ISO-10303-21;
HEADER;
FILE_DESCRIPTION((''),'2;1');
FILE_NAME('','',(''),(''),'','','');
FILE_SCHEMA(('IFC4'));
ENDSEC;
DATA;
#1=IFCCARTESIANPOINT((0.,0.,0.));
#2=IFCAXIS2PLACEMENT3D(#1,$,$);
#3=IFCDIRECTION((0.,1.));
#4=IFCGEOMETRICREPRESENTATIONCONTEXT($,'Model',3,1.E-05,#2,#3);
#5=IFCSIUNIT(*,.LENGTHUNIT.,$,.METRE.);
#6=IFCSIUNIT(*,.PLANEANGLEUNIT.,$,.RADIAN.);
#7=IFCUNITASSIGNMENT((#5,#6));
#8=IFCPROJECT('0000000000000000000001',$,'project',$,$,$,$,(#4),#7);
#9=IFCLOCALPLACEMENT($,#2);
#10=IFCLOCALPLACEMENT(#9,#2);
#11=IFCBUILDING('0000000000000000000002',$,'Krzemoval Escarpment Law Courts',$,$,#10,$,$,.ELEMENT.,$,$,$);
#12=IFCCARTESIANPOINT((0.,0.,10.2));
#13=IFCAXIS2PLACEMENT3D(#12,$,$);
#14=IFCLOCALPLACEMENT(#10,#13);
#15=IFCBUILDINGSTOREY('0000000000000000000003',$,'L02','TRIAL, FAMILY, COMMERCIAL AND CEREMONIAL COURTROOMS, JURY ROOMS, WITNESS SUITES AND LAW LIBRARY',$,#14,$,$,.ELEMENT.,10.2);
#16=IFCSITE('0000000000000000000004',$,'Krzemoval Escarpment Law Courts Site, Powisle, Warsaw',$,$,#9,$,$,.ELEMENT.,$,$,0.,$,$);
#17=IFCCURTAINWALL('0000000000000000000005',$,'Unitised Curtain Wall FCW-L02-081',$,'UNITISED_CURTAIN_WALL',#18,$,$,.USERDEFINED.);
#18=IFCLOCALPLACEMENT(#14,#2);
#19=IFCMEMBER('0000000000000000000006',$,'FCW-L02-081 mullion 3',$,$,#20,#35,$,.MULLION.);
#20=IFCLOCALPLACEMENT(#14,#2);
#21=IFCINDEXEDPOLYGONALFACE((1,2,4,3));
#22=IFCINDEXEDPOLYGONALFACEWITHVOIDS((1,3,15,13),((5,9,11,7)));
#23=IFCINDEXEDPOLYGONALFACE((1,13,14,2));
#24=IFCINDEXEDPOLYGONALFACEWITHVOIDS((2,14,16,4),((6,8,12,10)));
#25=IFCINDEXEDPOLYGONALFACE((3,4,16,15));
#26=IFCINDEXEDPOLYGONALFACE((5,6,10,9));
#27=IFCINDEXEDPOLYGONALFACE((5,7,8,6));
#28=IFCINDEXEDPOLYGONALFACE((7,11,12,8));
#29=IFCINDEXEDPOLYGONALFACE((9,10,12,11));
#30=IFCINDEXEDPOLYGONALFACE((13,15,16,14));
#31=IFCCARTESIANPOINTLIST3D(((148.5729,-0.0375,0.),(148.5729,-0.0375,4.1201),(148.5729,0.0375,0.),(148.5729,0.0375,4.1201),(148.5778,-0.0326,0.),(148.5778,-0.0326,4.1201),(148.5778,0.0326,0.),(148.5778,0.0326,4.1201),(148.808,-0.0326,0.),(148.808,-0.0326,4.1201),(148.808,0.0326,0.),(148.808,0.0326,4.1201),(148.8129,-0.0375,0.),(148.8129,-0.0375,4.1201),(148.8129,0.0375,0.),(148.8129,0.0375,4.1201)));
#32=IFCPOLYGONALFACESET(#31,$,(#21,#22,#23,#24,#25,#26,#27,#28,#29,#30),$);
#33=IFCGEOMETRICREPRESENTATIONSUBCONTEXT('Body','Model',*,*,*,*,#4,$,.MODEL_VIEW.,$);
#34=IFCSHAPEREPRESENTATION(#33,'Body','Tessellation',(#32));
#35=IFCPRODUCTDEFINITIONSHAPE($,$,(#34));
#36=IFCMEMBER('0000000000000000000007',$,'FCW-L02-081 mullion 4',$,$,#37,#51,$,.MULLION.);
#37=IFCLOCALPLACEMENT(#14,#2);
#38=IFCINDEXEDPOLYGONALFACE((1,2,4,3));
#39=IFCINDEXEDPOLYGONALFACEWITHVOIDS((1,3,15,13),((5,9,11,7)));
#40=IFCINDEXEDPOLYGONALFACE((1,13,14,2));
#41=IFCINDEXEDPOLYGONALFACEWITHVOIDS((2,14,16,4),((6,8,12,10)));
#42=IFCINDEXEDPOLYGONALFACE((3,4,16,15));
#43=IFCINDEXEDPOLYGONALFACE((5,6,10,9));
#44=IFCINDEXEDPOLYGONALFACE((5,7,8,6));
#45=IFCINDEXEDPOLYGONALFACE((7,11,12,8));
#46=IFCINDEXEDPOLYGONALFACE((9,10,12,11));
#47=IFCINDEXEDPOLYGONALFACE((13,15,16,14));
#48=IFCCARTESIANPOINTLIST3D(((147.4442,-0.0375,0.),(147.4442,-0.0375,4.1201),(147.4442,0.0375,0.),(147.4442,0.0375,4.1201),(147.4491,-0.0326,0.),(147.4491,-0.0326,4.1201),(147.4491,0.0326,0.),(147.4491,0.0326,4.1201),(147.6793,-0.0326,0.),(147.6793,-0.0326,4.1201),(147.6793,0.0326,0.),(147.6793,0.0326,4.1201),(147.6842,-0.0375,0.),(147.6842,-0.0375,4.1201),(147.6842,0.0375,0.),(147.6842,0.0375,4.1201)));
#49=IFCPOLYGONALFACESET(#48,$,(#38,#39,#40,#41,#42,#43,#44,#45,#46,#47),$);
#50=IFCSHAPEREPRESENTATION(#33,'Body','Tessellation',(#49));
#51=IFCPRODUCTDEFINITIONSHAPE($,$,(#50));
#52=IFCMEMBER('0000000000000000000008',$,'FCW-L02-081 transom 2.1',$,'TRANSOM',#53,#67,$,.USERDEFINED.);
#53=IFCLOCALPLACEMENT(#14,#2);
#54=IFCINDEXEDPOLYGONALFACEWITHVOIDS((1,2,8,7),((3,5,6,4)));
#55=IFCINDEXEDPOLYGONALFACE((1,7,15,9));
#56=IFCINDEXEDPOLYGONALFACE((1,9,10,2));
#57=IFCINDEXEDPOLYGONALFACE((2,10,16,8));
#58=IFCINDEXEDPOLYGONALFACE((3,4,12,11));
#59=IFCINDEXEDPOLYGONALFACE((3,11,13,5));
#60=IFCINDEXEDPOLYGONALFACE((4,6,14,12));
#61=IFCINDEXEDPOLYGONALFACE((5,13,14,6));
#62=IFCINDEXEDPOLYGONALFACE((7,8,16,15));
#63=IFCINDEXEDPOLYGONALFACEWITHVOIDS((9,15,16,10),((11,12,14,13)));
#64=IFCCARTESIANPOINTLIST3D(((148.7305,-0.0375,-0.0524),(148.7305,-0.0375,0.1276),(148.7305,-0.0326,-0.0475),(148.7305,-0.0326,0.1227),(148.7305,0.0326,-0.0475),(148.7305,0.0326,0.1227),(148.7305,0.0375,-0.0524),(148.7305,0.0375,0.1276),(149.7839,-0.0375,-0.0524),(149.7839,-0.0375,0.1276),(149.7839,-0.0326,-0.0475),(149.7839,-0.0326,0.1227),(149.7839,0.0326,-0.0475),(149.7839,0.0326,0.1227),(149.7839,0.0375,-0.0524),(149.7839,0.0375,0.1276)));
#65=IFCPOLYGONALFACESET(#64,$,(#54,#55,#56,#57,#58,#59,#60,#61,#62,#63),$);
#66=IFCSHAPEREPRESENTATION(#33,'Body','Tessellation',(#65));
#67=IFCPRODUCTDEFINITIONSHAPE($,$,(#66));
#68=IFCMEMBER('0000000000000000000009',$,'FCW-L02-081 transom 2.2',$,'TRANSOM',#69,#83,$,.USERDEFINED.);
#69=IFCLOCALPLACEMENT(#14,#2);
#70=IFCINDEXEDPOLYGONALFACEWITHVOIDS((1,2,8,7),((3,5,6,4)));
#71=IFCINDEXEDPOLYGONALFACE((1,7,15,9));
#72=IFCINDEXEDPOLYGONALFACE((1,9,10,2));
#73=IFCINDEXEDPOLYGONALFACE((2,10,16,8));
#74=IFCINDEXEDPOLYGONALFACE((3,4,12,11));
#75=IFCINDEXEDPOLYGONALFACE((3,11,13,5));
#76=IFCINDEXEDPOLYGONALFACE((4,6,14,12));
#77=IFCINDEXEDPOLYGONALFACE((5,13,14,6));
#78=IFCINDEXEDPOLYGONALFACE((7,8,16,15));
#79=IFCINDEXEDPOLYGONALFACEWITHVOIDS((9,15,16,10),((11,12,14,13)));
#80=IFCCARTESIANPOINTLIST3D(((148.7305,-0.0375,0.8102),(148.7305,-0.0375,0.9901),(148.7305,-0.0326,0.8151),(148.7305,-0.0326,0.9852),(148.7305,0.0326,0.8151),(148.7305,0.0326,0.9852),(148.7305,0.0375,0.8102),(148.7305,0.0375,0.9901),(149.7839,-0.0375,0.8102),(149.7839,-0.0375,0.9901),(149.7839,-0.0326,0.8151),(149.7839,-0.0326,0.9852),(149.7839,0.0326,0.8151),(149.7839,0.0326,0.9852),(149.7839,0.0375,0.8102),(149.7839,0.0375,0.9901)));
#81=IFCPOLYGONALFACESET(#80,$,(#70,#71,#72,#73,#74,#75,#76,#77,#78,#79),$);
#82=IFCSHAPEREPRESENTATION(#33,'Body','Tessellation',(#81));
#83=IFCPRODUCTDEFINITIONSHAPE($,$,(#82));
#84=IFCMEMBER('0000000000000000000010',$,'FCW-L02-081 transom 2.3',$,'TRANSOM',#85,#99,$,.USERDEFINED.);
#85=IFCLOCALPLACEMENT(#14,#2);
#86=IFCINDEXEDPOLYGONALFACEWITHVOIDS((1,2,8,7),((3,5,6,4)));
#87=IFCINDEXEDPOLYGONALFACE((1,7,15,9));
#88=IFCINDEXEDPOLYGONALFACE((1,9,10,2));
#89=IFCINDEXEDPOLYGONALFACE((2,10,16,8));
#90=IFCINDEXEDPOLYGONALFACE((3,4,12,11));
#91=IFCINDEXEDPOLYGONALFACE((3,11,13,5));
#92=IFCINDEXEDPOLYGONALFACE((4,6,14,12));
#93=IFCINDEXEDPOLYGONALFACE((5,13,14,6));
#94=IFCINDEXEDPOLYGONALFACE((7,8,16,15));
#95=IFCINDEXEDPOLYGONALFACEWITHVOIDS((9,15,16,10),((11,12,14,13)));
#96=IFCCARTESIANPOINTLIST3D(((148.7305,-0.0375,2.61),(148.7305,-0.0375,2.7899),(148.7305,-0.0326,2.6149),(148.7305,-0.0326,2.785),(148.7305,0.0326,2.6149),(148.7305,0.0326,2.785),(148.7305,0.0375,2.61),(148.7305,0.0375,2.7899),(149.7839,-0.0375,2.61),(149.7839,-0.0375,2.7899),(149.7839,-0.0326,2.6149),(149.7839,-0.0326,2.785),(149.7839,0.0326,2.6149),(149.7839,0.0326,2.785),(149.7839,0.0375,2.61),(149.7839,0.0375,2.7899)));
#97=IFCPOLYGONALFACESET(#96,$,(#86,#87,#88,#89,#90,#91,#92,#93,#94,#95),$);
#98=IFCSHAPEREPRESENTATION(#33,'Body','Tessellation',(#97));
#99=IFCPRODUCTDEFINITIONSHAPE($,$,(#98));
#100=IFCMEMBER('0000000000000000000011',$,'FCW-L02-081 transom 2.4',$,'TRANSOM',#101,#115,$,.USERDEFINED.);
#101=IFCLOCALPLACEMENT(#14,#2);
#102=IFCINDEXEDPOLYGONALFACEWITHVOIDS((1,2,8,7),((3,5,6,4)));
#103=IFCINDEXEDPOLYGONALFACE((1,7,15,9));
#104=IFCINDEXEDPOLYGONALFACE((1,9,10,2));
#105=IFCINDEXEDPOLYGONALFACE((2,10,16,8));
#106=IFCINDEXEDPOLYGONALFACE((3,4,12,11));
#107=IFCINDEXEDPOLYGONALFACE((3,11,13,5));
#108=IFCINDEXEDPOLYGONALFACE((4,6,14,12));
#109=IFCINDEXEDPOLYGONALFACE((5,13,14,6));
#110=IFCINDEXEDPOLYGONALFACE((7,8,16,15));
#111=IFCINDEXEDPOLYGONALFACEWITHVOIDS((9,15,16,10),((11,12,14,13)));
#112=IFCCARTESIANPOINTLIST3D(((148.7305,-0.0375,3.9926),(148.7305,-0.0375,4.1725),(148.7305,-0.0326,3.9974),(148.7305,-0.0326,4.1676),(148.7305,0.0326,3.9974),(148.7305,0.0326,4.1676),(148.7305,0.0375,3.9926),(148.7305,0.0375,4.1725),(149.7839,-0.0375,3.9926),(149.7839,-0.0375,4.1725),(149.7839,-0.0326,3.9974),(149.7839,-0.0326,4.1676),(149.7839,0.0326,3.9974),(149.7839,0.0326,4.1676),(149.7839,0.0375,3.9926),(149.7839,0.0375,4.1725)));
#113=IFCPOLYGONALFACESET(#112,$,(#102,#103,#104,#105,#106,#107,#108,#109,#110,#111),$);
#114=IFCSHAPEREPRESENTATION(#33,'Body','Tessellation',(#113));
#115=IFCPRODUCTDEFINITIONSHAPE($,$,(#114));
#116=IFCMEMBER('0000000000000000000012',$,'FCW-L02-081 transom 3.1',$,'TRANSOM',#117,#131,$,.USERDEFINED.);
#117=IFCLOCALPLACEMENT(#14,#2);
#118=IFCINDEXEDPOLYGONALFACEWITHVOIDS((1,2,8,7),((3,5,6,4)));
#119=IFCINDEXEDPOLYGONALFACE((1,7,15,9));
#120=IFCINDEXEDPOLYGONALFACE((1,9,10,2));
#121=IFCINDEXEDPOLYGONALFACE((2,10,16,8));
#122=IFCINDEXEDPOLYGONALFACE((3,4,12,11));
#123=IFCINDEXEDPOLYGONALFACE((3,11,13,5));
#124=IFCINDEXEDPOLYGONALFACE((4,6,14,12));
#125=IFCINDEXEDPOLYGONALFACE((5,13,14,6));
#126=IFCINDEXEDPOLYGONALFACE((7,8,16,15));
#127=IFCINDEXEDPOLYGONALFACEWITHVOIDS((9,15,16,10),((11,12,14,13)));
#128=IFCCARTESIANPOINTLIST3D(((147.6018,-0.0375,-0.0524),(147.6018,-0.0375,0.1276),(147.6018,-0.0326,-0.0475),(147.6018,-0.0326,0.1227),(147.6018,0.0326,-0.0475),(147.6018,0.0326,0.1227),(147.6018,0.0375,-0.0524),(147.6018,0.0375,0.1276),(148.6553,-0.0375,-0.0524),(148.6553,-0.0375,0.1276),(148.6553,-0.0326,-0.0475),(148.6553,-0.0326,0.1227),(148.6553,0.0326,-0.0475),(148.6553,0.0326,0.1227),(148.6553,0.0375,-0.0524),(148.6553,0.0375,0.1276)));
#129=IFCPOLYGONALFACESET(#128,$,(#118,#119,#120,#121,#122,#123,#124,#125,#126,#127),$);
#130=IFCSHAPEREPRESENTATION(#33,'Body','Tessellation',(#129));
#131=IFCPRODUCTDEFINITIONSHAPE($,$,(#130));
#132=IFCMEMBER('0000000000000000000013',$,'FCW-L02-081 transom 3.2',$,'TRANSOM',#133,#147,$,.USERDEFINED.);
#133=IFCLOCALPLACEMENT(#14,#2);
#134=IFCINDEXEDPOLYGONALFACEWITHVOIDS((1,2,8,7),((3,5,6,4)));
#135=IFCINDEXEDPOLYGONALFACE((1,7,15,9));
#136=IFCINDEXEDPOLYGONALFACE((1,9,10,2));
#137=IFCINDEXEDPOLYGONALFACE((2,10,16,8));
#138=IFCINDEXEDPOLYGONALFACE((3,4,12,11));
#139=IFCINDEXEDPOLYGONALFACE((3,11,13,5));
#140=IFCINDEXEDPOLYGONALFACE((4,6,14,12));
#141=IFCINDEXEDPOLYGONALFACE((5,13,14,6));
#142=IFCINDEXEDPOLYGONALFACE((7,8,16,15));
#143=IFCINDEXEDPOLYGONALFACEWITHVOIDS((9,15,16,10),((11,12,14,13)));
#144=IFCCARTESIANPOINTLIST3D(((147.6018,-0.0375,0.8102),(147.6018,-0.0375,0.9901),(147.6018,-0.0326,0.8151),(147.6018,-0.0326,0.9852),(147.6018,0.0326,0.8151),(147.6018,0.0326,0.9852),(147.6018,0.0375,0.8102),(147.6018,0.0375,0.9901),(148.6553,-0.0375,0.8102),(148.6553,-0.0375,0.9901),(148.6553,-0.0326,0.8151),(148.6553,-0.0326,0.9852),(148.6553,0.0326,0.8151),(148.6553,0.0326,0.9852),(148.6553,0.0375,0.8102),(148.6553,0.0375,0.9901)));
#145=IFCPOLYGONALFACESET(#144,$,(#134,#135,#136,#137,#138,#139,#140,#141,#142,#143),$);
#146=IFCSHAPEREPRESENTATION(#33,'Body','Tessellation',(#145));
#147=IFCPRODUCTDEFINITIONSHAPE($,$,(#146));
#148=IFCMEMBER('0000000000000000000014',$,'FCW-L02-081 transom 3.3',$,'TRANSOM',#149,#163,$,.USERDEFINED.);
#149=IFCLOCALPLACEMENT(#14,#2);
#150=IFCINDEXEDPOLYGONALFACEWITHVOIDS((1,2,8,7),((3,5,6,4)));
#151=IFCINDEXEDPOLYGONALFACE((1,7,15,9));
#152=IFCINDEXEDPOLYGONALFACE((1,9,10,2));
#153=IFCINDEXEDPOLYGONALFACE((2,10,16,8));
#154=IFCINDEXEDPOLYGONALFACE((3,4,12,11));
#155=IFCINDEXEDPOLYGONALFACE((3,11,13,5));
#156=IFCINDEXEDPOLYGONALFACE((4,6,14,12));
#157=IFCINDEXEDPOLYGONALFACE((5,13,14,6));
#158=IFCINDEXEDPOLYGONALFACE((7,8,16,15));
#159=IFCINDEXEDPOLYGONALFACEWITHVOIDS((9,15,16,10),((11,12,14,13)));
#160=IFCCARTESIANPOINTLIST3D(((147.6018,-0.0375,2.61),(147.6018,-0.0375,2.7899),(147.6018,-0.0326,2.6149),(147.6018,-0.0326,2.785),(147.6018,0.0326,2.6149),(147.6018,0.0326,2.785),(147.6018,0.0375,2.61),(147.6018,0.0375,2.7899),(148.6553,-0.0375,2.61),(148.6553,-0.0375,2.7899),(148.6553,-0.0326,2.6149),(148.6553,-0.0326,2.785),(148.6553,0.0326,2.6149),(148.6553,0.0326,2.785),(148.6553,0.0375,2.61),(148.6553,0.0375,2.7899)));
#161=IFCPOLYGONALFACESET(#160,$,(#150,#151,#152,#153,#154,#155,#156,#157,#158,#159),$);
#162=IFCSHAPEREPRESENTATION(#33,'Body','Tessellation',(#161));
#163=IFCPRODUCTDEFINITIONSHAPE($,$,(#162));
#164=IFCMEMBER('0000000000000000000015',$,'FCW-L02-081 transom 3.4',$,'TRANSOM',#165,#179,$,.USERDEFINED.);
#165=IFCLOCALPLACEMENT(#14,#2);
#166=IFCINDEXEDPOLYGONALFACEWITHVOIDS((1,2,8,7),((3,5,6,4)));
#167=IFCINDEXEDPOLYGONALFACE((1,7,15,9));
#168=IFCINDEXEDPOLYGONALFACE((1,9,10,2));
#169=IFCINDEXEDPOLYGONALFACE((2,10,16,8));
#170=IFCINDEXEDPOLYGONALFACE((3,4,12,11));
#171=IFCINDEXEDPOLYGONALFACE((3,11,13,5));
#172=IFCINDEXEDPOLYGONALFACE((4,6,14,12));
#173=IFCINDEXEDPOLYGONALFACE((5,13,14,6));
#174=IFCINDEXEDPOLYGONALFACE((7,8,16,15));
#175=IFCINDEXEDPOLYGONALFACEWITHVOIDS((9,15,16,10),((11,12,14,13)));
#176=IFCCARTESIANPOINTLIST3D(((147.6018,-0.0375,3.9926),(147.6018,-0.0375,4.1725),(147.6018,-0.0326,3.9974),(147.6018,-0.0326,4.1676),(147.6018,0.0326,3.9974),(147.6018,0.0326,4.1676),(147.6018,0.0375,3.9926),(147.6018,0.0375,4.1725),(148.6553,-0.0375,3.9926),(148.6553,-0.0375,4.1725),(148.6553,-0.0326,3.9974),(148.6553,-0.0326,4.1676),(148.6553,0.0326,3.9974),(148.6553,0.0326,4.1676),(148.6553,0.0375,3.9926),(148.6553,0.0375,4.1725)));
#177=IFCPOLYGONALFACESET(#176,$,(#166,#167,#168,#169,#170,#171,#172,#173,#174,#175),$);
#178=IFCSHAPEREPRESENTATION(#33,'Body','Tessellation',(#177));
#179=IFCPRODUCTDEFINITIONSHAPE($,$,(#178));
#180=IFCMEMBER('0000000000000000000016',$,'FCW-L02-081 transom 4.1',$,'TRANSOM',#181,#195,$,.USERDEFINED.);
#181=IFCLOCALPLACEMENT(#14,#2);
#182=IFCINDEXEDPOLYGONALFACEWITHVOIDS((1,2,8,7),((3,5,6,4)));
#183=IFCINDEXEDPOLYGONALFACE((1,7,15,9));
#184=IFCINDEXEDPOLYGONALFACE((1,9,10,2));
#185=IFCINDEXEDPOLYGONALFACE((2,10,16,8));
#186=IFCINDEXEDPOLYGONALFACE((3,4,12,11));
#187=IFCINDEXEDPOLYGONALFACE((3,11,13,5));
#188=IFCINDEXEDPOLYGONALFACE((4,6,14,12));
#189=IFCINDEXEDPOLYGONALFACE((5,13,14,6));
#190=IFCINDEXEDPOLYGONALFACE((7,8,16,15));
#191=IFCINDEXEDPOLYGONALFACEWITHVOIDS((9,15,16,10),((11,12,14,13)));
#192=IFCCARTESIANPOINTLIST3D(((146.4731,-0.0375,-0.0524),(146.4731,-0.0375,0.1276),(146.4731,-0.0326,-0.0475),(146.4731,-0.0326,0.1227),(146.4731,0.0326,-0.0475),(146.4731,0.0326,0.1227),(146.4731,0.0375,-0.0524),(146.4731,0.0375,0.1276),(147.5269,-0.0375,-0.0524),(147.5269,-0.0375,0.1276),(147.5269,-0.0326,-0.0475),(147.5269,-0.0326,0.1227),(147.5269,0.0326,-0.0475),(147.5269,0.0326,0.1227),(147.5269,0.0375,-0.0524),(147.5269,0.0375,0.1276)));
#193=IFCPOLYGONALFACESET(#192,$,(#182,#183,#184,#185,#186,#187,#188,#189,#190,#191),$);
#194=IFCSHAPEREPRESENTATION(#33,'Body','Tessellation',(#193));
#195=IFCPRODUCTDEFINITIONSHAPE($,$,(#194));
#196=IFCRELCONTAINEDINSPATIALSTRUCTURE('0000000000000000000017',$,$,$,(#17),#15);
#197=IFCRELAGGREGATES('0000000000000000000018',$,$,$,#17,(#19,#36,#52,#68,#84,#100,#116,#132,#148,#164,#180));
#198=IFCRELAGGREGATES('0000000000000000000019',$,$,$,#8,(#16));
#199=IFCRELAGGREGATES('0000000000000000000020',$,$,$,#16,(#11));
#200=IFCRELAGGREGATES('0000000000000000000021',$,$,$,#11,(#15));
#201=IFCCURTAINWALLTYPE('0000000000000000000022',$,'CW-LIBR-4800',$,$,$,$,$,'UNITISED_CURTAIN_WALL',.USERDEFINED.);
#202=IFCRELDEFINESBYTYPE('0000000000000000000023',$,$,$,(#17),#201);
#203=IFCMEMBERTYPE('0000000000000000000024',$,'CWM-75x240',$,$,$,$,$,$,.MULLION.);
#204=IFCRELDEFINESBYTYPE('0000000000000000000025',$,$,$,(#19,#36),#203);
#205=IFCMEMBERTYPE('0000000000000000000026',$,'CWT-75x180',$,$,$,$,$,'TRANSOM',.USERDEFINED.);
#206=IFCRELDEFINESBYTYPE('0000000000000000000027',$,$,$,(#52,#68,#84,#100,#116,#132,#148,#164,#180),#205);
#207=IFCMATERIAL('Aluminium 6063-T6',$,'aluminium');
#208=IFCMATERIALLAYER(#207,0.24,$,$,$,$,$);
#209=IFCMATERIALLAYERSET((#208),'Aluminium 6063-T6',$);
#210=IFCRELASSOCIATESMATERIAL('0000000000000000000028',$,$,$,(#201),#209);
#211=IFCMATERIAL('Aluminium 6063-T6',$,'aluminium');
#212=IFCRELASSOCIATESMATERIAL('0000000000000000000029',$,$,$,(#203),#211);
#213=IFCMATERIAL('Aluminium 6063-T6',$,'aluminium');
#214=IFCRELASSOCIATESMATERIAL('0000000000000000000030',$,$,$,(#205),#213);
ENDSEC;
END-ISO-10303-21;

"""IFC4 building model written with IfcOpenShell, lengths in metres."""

from ifc_helpers import new_model, si_unit, direction, frame, origin, origin_2d, place, context, subcontext, project, spatial, hollow_rectangle, extrude, material, layer, layer_set, material_profile, profile_set, type_object, element, aggregate, save


model = new_model("IFC4")

# Units and contexts
model_context = context("Model", 3, precision=1e-05, world=origin(), true_north=direction((0.0, 1.0)))
body_context = subcontext(model_context, "Body", "Model", "MODEL_VIEW")
ifc_project = project(units=[si_unit("LENGTHUNIT", "METRE"), si_unit("PLANEANGLEUNIT", "RADIAN")], contexts=[model_context])

# Site, building, storey
site_placement = place(None, origin())
site = spatial("IfcSite", under=ifc_project, at=site_placement, Name="Krzemoval Escarpment Law Courts Site, Powisle, Warsaw", CompositionType="ELEMENT", RefElevation=0.0)
building_placement = place(site_placement, origin())
building = spatial("IfcBuilding", under=site, at=building_placement, Name="Krzemoval Escarpment Law Courts", CompositionType="ELEMENT")
storey_placement = place(building_placement, frame((0.0, 0.0, 10.2)))
storey = spatial("IfcBuildingStorey", under=building, at=storey_placement, Name="L02", Description="TRIAL, FAMILY, COMMERCIAL AND CEREMONIAL COURTROOMS, JURY ROOMS, WITNESS SUITES AND LAW LIBRARY", CompositionType="ELEMENT", Elevation=10.2)

# Curtain wall, members
ifc_material_1 = material(Name="Aluminium 6063-T6", Category="aluminium")
ifc_layer_1 = layer(ifc_material_1, 0.24)
ifc_layer_set_1 = layer_set([ifc_layer_1], Name="Aluminium 6063-T6")
curtain_wall_type = type_object("IfcCurtainWallType", Name="CW-LIBR-4800", ElementType="UNITISED_CURTAIN_WALL", PredefinedType="USERDEFINED", material=ifc_layer_set_1)
curtain_wall_placement = place(storey_placement, origin())
curtain_wall = element("IfcCurtainWall", 1, at=curtain_wall_placement, inside=storey, type_object=curtain_wall_type, Name="Unitised Curtain Wall FCW-L02-081", ObjectType="UNITISED_CURTAIN_WALL", PredefinedType="USERDEFINED")
ifc_material_2 = material(Name="Aluminium 6063-T6", Category="aluminium")
ifc_material_profile_1 = material_profile(ifc_material_2, hollow_rectangle(XDim=0.075, YDim=0.24, WallThickness=0.0049, at=origin_2d()), Name="ALU M75x240")
ifc_profile_set_1 = profile_set([ifc_material_profile_1], Name="Aluminium 6063-T6")
member_type_1 = type_object("IfcMemberType", Name="CWM-75x240", PredefinedType="MULLION", material=ifc_profile_set_1)
member_1_placement = place(storey_placement, frame((148.6929, 0.0, 0.0), z_axis=(0.0, 0.0, 1.0), x_axis=(0.0, -1.0, 0.0)))
member_1 = element("IfcMember", 2, at=member_1_placement, type_object=member_type_1, Name="FCW-L02-081 mullion 3", PredefinedType="MULLION", context=body_context, shape_type="SweptSolid", body=[
    extrude(hollow_rectangle(XDim=0.075, YDim=0.24, WallThickness=0.0049, at=origin_2d()), origin(), (0.0, 0.0, 1.0), 4.1201),
])
member_2_placement = place(storey_placement, frame((147.5642, 0.0, 0.0), z_axis=(0.0, 0.0, 1.0), x_axis=(0.0, -1.0, 0.0)))
member_2 = element("IfcMember", 3, at=member_2_placement, type_object=member_type_1, Name="FCW-L02-081 mullion 4", PredefinedType="MULLION", context=body_context, shape_type="SweptSolid", body=[
    extrude(hollow_rectangle(XDim=0.075, YDim=0.24, WallThickness=0.0049, at=origin_2d()), origin(), (0.0, 0.0, 1.0), 4.1201),
])
ifc_material_3 = material(Name="Aluminium 6063-T6", Category="aluminium")
ifc_material_profile_2 = material_profile(ifc_material_3, hollow_rectangle(XDim=0.075, YDim=0.1799, WallThickness=0.0049, at=origin_2d()), Name="ALU T75x180")
ifc_profile_set_2 = profile_set([ifc_material_profile_2], Name="Aluminium 6063-T6")
member_type_2 = type_object("IfcMemberType", Name="CWT-75x180", ElementType="TRANSOM", PredefinedType="USERDEFINED", material=ifc_profile_set_2)
member_3_placement = place(storey_placement, frame((149.7839, 0.0, 0.0376), z_axis=(-1.0, 0.0, 0.0), x_axis=(0.0, -1.0, 0.0)))
member_3 = element("IfcMember", 4, at=member_3_placement, type_object=member_type_2, Name="FCW-L02-081 transom 2.1", ObjectType="TRANSOM", PredefinedType="USERDEFINED", context=body_context, shape_type="SweptSolid", body=[
    extrude(hollow_rectangle(XDim=0.075, YDim=0.1799, WallThickness=0.0049, at=origin_2d()), origin(), (0.0, 0.0, 1.0), 1.0535),
])
member_4_placement = place(storey_placement, frame((149.7839, 0.0, 0.9001), z_axis=(-1.0, 0.0, 0.0), x_axis=(0.0, -1.0, 0.0)))
member_4 = element("IfcMember", 5, at=member_4_placement, type_object=member_type_2, Name="FCW-L02-081 transom 2.2", ObjectType="TRANSOM", PredefinedType="USERDEFINED", context=body_context, shape_type="SweptSolid", body=[
    extrude(hollow_rectangle(XDim=0.075, YDim=0.1799, WallThickness=0.0049, at=origin_2d()), origin(), (0.0, 0.0, 1.0), 1.0535),
])
member_5_placement = place(storey_placement, frame((149.7839, 0.0, 2.7), z_axis=(-1.0, 0.0, 0.0), x_axis=(0.0, -1.0, 0.0)))
member_5 = element("IfcMember", 6, at=member_5_placement, type_object=member_type_2, Name="FCW-L02-081 transom 2.3", ObjectType="TRANSOM", PredefinedType="USERDEFINED", context=body_context, shape_type="SweptSolid", body=[
    extrude(hollow_rectangle(XDim=0.075, YDim=0.1799, WallThickness=0.0049, at=origin_2d()), origin(), (0.0, 0.0, 1.0), 1.0535),
])
member_6_placement = place(storey_placement, frame((149.7839, 0.0, 4.0825), z_axis=(-1.0, 0.0, 0.0), x_axis=(0.0, -1.0, 0.0)))
member_6 = element("IfcMember", 7, at=member_6_placement, type_object=member_type_2, Name="FCW-L02-081 transom 2.4", ObjectType="TRANSOM", PredefinedType="USERDEFINED", context=body_context, shape_type="SweptSolid", body=[
    extrude(hollow_rectangle(XDim=0.075, YDim=0.1799, WallThickness=0.0049, at=origin_2d()), origin(), (0.0, 0.0, 1.0), 1.0535),
])
member_7_placement = place(storey_placement, frame((148.6553, 0.0, 0.0376), z_axis=(-1.0, 0.0, 0.0), x_axis=(0.0, -1.0, 0.0)))
member_7 = element("IfcMember", 8, at=member_7_placement, type_object=member_type_2, Name="FCW-L02-081 transom 3.1", ObjectType="TRANSOM", PredefinedType="USERDEFINED", context=body_context, shape_type="SweptSolid", body=[
    extrude(hollow_rectangle(XDim=0.075, YDim=0.1799, WallThickness=0.0049, at=origin_2d()), origin(), (0.0, 0.0, 1.0), 1.0535),
])
member_8_placement = place(storey_placement, frame((148.6553, 0.0, 0.9001), z_axis=(-1.0, 0.0, 0.0), x_axis=(0.0, -1.0, 0.0)))
member_8 = element("IfcMember", 9, at=member_8_placement, type_object=member_type_2, Name="FCW-L02-081 transom 3.2", ObjectType="TRANSOM", PredefinedType="USERDEFINED", context=body_context, shape_type="SweptSolid", body=[
    extrude(hollow_rectangle(XDim=0.075, YDim=0.1799, WallThickness=0.0049, at=origin_2d()), origin(), (0.0, 0.0, 1.0), 1.0535),
])
member_9_placement = place(storey_placement, frame((148.6553, 0.0, 2.7), z_axis=(-1.0, 0.0, 0.0), x_axis=(0.0, -1.0, 0.0)))
member_9 = element("IfcMember", 10, at=member_9_placement, type_object=member_type_2, Name="FCW-L02-081 transom 3.3", ObjectType="TRANSOM", PredefinedType="USERDEFINED", context=body_context, shape_type="SweptSolid", body=[
    extrude(hollow_rectangle(XDim=0.075, YDim=0.1799, WallThickness=0.0049, at=origin_2d()), origin(), (0.0, 0.0, 1.0), 1.0535),
])
member_10_placement = place(storey_placement, frame((148.6553, 0.0, 4.0825), z_axis=(-1.0, 0.0, 0.0), x_axis=(0.0, -1.0, 0.0)))
member_10 = element("IfcMember", 11, at=member_10_placement, type_object=member_type_2, Name="FCW-L02-081 transom 3.4", ObjectType="TRANSOM", PredefinedType="USERDEFINED", context=body_context, shape_type="SweptSolid", body=[
    extrude(hollow_rectangle(XDim=0.075, YDim=0.1799, WallThickness=0.0049, at=origin_2d()), origin(), (0.0, 0.0, 1.0), 1.0535),
])
member_11_placement = place(storey_placement, frame((147.5269, 0.0, 0.0376), z_axis=(-1.0, 0.0, 0.0), x_axis=(0.0, -1.0, 0.0)))
member_11 = element("IfcMember", 12, at=member_11_placement, type_object=member_type_2, Name="FCW-L02-081 transom 4.1", ObjectType="TRANSOM", PredefinedType="USERDEFINED", context=body_context, shape_type="SweptSolid", body=[
    extrude(hollow_rectangle(XDim=0.075, YDim=0.1799, WallThickness=0.0049, at=origin_2d()), origin(), (0.0, 0.0, 1.0), 1.0537),
])
aggregate(curtain_wall, [member_1, member_2, member_3, member_4, member_5, member_6, member_7, member_8, member_9, member_10, member_11])

save(model, "model.ifc")
